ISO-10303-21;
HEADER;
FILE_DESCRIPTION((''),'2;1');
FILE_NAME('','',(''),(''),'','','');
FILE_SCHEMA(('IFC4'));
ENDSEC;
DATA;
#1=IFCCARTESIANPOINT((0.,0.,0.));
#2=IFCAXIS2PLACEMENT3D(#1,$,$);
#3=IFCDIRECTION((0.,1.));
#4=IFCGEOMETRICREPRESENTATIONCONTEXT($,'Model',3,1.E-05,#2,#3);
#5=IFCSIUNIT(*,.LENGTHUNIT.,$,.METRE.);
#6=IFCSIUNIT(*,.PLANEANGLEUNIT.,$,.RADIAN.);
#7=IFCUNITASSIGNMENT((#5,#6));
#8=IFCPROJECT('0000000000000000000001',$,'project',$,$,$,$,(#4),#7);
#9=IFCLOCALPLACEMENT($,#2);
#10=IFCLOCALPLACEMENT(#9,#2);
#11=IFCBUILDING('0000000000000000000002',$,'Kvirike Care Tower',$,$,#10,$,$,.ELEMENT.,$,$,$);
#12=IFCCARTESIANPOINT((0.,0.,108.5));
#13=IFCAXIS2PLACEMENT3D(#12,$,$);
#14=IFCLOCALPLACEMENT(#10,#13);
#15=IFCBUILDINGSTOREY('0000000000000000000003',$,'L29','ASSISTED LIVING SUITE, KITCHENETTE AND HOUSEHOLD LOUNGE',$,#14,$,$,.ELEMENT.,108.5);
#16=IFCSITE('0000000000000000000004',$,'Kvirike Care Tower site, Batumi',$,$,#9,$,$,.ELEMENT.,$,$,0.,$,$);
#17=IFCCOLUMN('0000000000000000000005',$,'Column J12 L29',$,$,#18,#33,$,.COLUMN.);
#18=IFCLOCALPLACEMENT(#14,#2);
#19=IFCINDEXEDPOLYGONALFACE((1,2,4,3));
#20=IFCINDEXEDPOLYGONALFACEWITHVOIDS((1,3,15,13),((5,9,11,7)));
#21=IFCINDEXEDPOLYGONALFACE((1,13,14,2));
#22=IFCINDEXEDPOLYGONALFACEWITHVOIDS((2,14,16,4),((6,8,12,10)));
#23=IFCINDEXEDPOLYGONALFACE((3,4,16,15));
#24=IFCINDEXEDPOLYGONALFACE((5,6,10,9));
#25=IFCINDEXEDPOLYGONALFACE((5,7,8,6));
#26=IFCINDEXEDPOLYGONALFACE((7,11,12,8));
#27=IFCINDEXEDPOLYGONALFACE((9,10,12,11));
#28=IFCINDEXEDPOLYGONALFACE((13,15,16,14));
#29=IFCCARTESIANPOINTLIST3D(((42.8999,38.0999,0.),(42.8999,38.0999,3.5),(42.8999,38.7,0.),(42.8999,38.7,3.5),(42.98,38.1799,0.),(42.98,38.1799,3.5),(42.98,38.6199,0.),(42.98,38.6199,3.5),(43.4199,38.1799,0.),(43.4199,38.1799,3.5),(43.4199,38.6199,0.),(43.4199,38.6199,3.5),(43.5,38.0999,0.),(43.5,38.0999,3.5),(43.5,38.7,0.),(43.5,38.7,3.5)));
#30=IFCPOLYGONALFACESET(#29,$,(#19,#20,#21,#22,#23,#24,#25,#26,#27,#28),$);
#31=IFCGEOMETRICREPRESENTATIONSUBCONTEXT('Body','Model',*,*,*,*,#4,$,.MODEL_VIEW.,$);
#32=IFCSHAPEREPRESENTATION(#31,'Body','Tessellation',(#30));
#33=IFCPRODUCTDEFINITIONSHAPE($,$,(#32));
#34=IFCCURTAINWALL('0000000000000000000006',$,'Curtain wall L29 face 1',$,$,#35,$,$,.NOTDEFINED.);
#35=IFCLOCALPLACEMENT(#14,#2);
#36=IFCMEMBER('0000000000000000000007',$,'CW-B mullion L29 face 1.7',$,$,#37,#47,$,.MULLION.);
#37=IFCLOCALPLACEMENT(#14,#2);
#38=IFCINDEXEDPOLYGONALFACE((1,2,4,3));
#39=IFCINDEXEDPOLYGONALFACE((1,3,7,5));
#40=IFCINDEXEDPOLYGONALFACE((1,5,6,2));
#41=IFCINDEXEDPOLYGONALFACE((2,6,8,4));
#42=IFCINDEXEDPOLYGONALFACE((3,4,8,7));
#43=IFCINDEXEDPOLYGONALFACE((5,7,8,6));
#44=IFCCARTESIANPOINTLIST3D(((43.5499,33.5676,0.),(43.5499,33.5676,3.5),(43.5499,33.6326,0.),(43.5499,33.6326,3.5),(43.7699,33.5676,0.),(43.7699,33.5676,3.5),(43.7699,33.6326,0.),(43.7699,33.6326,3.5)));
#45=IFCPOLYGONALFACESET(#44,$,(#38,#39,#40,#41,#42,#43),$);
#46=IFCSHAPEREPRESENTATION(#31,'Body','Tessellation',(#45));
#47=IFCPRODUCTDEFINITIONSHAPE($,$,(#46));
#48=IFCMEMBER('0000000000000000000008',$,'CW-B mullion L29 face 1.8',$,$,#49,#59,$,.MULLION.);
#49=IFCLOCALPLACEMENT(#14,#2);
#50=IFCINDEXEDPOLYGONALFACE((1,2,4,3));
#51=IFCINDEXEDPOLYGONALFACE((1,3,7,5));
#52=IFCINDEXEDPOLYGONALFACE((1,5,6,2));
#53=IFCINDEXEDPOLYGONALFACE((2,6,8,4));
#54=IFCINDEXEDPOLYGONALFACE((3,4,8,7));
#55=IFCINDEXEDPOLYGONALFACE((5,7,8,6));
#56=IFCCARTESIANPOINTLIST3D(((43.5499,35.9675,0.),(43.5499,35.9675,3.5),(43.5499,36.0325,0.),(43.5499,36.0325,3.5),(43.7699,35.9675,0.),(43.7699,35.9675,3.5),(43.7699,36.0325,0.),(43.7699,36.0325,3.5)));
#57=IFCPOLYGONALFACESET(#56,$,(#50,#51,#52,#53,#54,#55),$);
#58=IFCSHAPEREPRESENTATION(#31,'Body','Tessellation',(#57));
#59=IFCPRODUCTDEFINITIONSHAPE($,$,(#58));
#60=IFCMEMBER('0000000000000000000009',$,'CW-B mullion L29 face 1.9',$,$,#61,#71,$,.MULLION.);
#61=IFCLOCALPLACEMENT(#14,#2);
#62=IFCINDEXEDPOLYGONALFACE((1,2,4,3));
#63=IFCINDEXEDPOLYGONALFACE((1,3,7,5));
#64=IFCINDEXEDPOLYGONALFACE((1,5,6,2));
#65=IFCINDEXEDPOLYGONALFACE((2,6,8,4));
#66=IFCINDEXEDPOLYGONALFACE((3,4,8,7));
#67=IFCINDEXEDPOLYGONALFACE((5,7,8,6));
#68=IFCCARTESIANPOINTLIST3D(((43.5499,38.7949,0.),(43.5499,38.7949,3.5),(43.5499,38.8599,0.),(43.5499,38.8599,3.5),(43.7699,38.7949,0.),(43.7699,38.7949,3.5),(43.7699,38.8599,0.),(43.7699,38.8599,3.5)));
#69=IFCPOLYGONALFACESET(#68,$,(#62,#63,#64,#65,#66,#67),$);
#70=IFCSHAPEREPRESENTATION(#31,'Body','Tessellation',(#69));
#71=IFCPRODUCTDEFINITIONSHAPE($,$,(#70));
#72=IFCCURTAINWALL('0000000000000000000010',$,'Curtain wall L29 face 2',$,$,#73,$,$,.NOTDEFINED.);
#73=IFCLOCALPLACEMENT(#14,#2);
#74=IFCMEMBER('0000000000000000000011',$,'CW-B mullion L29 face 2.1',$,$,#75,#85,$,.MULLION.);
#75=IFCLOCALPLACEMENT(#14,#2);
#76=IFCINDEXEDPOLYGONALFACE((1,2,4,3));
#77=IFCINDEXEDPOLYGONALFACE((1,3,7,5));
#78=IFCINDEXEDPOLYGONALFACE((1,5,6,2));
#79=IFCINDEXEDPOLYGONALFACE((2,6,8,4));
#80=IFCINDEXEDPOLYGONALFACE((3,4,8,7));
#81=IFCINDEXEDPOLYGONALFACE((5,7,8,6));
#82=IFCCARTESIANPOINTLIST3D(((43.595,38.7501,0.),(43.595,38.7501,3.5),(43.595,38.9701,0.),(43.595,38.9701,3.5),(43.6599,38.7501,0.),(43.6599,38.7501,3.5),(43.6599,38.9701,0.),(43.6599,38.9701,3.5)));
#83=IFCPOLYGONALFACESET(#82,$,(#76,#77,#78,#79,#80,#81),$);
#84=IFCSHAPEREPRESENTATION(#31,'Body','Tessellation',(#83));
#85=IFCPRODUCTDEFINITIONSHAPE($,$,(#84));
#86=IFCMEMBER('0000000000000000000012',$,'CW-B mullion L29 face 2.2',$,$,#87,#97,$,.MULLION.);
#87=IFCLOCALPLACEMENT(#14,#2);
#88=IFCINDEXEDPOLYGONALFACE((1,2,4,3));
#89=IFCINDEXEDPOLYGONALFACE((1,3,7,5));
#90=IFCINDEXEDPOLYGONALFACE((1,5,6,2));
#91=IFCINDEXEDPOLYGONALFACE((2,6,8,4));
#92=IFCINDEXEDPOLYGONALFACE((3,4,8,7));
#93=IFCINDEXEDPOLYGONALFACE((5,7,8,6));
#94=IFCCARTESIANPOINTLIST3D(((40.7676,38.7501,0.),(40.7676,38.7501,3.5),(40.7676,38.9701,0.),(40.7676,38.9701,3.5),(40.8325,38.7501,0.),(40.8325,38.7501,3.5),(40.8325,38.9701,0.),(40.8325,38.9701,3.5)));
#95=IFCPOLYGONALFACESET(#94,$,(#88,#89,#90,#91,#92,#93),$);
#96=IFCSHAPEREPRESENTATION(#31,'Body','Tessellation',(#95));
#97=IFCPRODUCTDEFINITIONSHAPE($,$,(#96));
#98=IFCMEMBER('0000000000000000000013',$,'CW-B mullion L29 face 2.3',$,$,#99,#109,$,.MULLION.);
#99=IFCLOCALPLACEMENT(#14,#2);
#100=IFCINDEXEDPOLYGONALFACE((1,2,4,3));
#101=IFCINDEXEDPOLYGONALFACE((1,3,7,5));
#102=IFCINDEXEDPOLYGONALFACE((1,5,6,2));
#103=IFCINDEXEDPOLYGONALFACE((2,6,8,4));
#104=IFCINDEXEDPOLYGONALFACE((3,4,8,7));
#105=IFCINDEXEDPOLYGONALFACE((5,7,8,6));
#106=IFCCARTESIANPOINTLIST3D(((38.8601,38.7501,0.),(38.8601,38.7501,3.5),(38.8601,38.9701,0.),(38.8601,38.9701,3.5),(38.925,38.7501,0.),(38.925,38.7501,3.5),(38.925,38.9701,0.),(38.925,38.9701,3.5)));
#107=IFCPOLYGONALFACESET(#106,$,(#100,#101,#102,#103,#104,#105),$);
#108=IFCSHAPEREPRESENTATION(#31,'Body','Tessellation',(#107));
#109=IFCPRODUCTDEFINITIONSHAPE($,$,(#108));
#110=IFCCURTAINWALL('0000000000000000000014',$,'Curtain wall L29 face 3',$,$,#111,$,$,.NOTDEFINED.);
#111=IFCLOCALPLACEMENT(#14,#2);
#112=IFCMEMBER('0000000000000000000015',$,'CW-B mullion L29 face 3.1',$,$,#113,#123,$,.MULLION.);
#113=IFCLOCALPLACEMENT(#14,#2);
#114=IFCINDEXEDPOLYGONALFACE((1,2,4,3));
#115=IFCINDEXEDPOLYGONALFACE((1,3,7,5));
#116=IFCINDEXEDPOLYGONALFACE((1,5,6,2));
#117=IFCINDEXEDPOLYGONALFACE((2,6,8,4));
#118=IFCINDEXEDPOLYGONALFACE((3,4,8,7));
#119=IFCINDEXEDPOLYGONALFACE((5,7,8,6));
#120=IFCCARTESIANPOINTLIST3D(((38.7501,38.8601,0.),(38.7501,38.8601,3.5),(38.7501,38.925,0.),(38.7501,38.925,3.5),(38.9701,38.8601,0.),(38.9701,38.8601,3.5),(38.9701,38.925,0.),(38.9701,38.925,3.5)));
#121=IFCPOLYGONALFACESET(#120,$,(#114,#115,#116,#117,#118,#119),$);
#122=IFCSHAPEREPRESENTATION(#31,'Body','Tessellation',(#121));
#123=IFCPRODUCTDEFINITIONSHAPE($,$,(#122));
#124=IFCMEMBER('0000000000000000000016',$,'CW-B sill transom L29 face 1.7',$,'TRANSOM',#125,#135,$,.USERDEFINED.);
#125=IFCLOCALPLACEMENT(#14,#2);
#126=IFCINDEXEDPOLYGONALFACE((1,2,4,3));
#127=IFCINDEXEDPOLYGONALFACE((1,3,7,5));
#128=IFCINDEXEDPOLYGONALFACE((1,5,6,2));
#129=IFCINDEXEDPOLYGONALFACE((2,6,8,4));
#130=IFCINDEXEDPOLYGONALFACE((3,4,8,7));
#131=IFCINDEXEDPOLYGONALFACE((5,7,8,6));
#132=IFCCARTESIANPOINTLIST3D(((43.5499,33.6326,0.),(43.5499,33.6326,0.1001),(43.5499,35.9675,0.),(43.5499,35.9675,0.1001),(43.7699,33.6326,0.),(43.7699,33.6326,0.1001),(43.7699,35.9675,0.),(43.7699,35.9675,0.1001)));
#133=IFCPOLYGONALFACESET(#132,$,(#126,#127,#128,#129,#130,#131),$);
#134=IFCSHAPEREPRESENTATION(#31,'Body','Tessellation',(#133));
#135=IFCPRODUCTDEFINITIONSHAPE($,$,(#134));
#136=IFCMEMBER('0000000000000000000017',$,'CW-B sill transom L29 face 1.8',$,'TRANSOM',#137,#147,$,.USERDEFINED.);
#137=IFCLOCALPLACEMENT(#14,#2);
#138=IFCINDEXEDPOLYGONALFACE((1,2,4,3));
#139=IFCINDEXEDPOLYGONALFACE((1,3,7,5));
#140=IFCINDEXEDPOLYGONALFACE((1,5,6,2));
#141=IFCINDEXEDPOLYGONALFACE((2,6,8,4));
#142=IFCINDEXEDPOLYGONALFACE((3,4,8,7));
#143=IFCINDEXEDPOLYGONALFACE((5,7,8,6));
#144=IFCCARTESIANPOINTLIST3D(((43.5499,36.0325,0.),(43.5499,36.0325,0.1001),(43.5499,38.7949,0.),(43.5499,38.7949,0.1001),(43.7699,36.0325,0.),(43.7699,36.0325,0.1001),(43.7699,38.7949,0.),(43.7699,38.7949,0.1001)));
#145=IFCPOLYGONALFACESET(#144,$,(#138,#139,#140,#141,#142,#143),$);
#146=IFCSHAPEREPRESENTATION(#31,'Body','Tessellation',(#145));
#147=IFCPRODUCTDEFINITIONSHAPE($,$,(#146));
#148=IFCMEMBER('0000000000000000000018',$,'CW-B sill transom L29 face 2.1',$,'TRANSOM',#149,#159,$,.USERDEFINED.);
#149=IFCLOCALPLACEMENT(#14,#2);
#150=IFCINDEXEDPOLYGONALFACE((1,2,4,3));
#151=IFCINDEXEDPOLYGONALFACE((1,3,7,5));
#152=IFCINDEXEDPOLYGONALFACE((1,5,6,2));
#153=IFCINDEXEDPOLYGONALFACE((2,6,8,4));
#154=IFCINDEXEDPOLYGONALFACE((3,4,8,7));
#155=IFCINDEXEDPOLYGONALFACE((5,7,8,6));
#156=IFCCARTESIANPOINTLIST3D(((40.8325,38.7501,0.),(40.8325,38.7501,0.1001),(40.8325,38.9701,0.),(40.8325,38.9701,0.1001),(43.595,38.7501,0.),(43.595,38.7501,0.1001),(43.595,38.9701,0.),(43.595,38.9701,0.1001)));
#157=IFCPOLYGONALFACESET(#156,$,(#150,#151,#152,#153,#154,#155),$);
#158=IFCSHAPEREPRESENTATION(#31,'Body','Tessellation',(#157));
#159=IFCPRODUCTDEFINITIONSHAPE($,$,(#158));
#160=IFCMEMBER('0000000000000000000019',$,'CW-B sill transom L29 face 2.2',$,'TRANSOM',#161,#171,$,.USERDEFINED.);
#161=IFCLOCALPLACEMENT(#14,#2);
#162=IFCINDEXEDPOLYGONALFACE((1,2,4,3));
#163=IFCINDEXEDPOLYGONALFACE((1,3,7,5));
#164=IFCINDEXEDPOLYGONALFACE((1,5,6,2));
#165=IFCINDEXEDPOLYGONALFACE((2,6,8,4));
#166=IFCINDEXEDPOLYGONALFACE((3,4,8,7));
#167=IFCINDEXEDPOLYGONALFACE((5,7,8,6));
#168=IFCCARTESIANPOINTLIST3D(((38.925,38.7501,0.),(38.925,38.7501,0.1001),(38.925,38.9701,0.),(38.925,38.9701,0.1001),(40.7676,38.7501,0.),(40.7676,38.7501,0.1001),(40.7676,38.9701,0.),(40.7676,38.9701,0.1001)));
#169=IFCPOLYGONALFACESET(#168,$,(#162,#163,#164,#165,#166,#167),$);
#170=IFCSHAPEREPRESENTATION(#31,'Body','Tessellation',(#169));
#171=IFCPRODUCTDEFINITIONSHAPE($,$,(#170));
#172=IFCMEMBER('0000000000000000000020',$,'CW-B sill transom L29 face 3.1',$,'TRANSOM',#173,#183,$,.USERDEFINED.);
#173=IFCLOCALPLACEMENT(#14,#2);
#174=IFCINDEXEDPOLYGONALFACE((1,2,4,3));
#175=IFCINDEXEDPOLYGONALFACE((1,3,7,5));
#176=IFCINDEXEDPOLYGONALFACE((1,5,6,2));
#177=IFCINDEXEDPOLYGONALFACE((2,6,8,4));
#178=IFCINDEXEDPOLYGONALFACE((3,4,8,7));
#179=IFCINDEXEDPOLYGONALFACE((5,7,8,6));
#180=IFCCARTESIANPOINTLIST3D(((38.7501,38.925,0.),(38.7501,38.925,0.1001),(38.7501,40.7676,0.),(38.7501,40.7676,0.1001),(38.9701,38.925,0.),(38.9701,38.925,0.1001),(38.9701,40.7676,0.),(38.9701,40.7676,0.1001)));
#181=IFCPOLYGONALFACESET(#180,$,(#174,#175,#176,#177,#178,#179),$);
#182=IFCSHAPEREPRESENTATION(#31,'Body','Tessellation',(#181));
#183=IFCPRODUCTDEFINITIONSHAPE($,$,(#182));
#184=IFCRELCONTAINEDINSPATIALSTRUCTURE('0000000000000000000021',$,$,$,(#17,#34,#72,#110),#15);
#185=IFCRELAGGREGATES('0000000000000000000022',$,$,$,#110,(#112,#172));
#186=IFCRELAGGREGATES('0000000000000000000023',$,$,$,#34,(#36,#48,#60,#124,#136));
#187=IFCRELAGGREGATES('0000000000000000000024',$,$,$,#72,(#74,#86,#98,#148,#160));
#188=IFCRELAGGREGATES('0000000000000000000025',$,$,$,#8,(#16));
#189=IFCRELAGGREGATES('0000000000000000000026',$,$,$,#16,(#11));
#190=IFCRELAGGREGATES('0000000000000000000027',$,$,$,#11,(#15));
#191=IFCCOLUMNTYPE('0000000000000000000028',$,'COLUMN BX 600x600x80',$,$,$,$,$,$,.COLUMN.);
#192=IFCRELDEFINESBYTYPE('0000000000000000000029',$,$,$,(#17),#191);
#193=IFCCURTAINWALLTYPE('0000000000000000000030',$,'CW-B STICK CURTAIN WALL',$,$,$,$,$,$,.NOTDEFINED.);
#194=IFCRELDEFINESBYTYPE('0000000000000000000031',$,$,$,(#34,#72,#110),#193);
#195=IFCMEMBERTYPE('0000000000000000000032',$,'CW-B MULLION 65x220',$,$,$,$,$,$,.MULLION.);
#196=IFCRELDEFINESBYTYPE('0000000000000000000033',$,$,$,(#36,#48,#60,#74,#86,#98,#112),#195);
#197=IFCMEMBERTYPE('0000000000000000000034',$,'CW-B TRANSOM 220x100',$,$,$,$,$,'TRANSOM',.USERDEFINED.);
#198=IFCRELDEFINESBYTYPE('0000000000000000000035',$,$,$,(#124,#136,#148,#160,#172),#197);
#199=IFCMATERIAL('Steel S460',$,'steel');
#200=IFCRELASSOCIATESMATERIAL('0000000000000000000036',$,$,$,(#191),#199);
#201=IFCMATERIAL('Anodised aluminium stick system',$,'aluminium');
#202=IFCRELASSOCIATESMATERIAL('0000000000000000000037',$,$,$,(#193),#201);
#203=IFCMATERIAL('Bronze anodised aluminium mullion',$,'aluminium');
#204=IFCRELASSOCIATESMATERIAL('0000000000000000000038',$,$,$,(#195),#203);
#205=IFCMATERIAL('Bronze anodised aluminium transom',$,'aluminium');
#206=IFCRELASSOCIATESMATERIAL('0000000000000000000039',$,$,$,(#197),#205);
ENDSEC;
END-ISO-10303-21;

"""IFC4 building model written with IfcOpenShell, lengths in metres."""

from ifc_helpers import new_model, si_unit, direction, frame, origin, origin_2d, place, context, subcontext, project, spatial, rectangle, hollow_rectangle, extrude, material, material_profile, profile_set, type_object, element, aggregate, save


model = new_model("IFC4")

# Units and contexts
model_context = context("Model", 3, precision=1e-05, world=origin(), true_north=direction((0.0, 1.0)))
body_context = subcontext(model_context, "Body", "Model", "MODEL_VIEW")
ifc_project = project(units=[si_unit("LENGTHUNIT", "METRE"), si_unit("PLANEANGLEUNIT", "RADIAN")], contexts=[model_context])

# Site, building, storey
site_placement = place(None, origin())
site = spatial("IfcSite", under=ifc_project, at=site_placement, Name="Kvirike Care Tower site, Batumi", CompositionType="ELEMENT", RefElevation=0.0)
building_placement = place(site_placement, origin())
building = spatial("IfcBuilding", under=site, at=building_placement, Name="Kvirike Care Tower", CompositionType="ELEMENT")
storey_placement = place(building_placement, frame((0.0, 0.0, 108.5)))
storey = spatial("IfcBuildingStorey", under=building, at=storey_placement, Name="L29", Description="ASSISTED LIVING SUITE, KITCHENETTE AND HOUSEHOLD LOUNGE", CompositionType="ELEMENT", Elevation=108.5)

# Column
ifc_material_1 = material(Name="Steel S460", Category="steel")
ifc_material_profile_1 = material_profile(ifc_material_1, hollow_rectangle(XDim=0.6001, YDim=0.6001, WallThickness=0.0801, at=origin_2d()), Name="BX 600x600x80")
ifc_profile_set_1 = profile_set([ifc_material_profile_1], Name="Steel S460")
column_type = type_object("IfcColumnType", Name="COLUMN BX 600x600x80", PredefinedType="COLUMN", material=ifc_profile_set_1)
column_placement = place(storey_placement, frame((43.2, 38.3999, 0.0), z_axis=(0.0, 0.0, 1.0), x_axis=(0.0, 1.0, 0.0)))
element("IfcColumn", 1, at=column_placement, inside=storey, type_object=column_type, Name="Column J12 L29", PredefinedType="COLUMN", context=body_context, shape_type="SweptSolid", body=[
    extrude(hollow_rectangle(XDim=0.6001, YDim=0.6001, WallThickness=0.0801, at=origin_2d()), origin(), (0.0, 0.0, 1.0), 3.5),
])

# Curtain walls, members
ifc_material_2 = material(Name="Anodised aluminium stick system", Category="aluminium")
curtain_wall_type = type_object("IfcCurtainWallType", Name="CW-B STICK CURTAIN WALL", PredefinedType="NOTDEFINED", material=ifc_material_2)
curtain_wall_1_placement = place(storey_placement, origin())
curtain_wall_1 = element("IfcCurtainWall", 2, at=curtain_wall_1_placement, inside=storey, type_object=curtain_wall_type, Name="Curtain wall L29 face 1", PredefinedType="NOTDEFINED")
ifc_material_3 = material(Name="Bronze anodised aluminium mullion", Category="aluminium")
ifc_material_profile_2 = material_profile(ifc_material_3, rectangle(XDim=0.0649, YDim=0.22, at=origin_2d()), Name="CW-B MULLION 65x220")
ifc_profile_set_2 = profile_set([ifc_material_profile_2], Name="Bronze anodised aluminium mullion")
member_type_1 = type_object("IfcMemberType", Name="CW-B MULLION 65x220", PredefinedType="MULLION", material=ifc_profile_set_2)
member_1_placement = place(storey_placement, frame((43.6599, 33.6001, 0.0), z_axis=(0.0, 0.0, 1.0), x_axis=(0.0, 1.0, 0.0)))
member_1 = element("IfcMember", 3, at=member_1_placement, type_object=member_type_1, Name="CW-B mullion L29 face 1.7", PredefinedType="MULLION", context=body_context, shape_type="SweptSolid", body=[
    extrude(rectangle(XDim=0.0649, YDim=0.22, at=origin_2d()), origin(), (0.0, 0.0, 1.0), 3.5),
])
member_2_placement = place(storey_placement, frame((43.6599, 36.0, 0.0), z_axis=(0.0, 0.0, 1.0), x_axis=(0.0, 1.0, 0.0)))
member_2 = element("IfcMember", 4, at=member_2_placement, type_object=member_type_1, Name="CW-B mullion L29 face 1.8", PredefinedType="MULLION", context=body_context, shape_type="SweptSolid", body=[
    extrude(rectangle(XDim=0.0649, YDim=0.22, at=origin_2d()), origin(), (0.0, 0.0, 1.0), 3.5),
])
member_3_placement = place(storey_placement, frame((43.6599, 38.8274, 0.0), z_axis=(0.0, 0.0, 1.0), x_axis=(0.0, 1.0, 0.0)))
member_3 = element("IfcMember", 5, at=member_3_placement, type_object=member_type_1, Name="CW-B mullion L29 face 1.9", PredefinedType="MULLION", context=body_context, shape_type="SweptSolid", body=[
    extrude(rectangle(XDim=0.0649, YDim=0.22, at=origin_2d()), origin(), (0.0, 0.0, 1.0), 3.5),
])
curtain_wall_2_placement = place(storey_placement, origin())
curtain_wall_2 = element("IfcCurtainWall", 6, at=curtain_wall_2_placement, inside=storey, type_object=curtain_wall_type, Name="Curtain wall L29 face 2", PredefinedType="NOTDEFINED")
member_4_placement = place(storey_placement, frame((43.6274, 38.8601, 0.0), z_axis=(0.0, 0.0, 1.0), x_axis=(-1.0, 0.0, 0.0)))
member_4 = element("IfcMember", 7, at=member_4_placement, type_object=member_type_1, Name="CW-B mullion L29 face 2.1", PredefinedType="MULLION", context=body_context, shape_type="SweptSolid", body=[
    extrude(rectangle(XDim=0.0649, YDim=0.22, at=origin_2d()), origin(), (0.0, 0.0, 1.0), 3.5),
])
member_5_placement = place(storey_placement, frame((40.8, 38.8601, 0.0), z_axis=(0.0, 0.0, 1.0), x_axis=(-1.0, 0.0, 0.0)))
member_5 = element("IfcMember", 8, at=member_5_placement, type_object=member_type_1, Name="CW-B mullion L29 face 2.2", PredefinedType="MULLION", context=body_context, shape_type="SweptSolid", body=[
    extrude(rectangle(XDim=0.0649, YDim=0.22, at=origin_2d()), origin(), (0.0, 0.0, 1.0), 3.5),
])
member_6_placement = place(storey_placement, frame((38.8926, 38.8601, 0.0), z_axis=(0.0, 0.0, 1.0), x_axis=(-1.0, 0.0, 0.0)))
member_6 = element("IfcMember", 9, at=member_6_placement, type_object=member_type_1, Name="CW-B mullion L29 face 2.3", PredefinedType="MULLION", context=body_context, shape_type="SweptSolid", body=[
    extrude(rectangle(XDim=0.0649, YDim=0.22, at=origin_2d()), origin(), (0.0, 0.0, 1.0), 3.5),
])

# Curtain wall, member
curtain_wall_3_placement = place(storey_placement, origin())
curtain_wall_3 = element("IfcCurtainWall", 10, at=curtain_wall_3_placement, inside=storey, type_object=curtain_wall_type, Name="Curtain wall L29 face 3", PredefinedType="NOTDEFINED")
member_7_placement = place(storey_placement, frame((38.8601, 38.8926, 0.0), z_axis=(0.0, 0.0, 1.0), x_axis=(0.0, 1.0, 0.0)))
member_7 = element("IfcMember", 11, at=member_7_placement, type_object=member_type_1, Name="CW-B mullion L29 face 3.1", PredefinedType="MULLION", context=body_context, shape_type="SweptSolid", body=[
    extrude(rectangle(XDim=0.0649, YDim=0.22, at=origin_2d()), origin(), (0.0, 0.0, 1.0), 3.5),
])

# Members
ifc_material_4 = material(Name="Bronze anodised aluminium transom", Category="aluminium")
ifc_material_profile_3 = material_profile(ifc_material_4, rectangle(XDim=0.22, YDim=0.1001, at=origin_2d()), Name="CW-B TRANSOM 220x100")
ifc_profile_set_3 = profile_set([ifc_material_profile_3], Name="Bronze anodised aluminium transom")
member_type_2 = type_object("IfcMemberType", Name="CW-B TRANSOM 220x100", ElementType="TRANSOM", PredefinedType="USERDEFINED", material=ifc_profile_set_3)
member_8_placement = place(storey_placement, frame((43.6599, 33.6326, 0.05), z_axis=(0.0, 1.0, 0.0), x_axis=(-1.0, 0.0, 0.0)))
member_8 = element("IfcMember", 12, at=member_8_placement, type_object=member_type_2, Name="CW-B sill transom L29 face 1.7", ObjectType="TRANSOM", PredefinedType="USERDEFINED", context=body_context, shape_type="SweptSolid", body=[
    extrude(rectangle(XDim=0.22, YDim=0.1001, at=origin_2d()), origin(), (0.0, 0.0, 1.0), 2.335),
])
member_9_placement = place(storey_placement, frame((43.6599, 36.0325, 0.05), z_axis=(0.0, 1.0, 0.0), x_axis=(-1.0, 0.0, 0.0)))
member_9 = element("IfcMember", 13, at=member_9_placement, type_object=member_type_2, Name="CW-B sill transom L29 face 1.8", ObjectType="TRANSOM", PredefinedType="USERDEFINED", context=body_context, shape_type="SweptSolid", body=[
    extrude(rectangle(XDim=0.22, YDim=0.1001, at=origin_2d()), origin(), (0.0, 0.0, 1.0), 2.7625),
])
member_10_placement = place(storey_placement, frame((43.595, 38.8601, 0.05), z_axis=(-1.0, 0.0, 0.0), x_axis=(0.0, -1.0, 0.0)))
member_10 = element("IfcMember", 14, at=member_10_placement, type_object=member_type_2, Name="CW-B sill transom L29 face 2.1", ObjectType="TRANSOM", PredefinedType="USERDEFINED", context=body_context, shape_type="SweptSolid", body=[
    extrude(rectangle(XDim=0.22, YDim=0.1001, at=origin_2d()), origin(), (0.0, 0.0, 1.0), 2.7625),
])
member_11_placement = place(storey_placement, frame((40.7676, 38.8601, 0.05), z_axis=(-1.0, 0.0, 0.0), x_axis=(0.0, -1.0, 0.0)))
member_11 = element("IfcMember", 15, at=member_11_placement, type_object=member_type_2, Name="CW-B sill transom L29 face 2.2", ObjectType="TRANSOM", PredefinedType="USERDEFINED", context=body_context, shape_type="SweptSolid", body=[
    extrude(rectangle(XDim=0.22, YDim=0.1001, at=origin_2d()), origin(), (0.0, 0.0, 1.0), 1.8425),
])
member_12_placement = place(storey_placement, frame((38.8601, 38.925, 0.05), z_axis=(0.0, 1.0, 0.0), x_axis=(-1.0, 0.0, 0.0)))
member_12 = element("IfcMember", 16, at=member_12_placement, type_object=member_type_2, Name="CW-B sill transom L29 face 3.1", ObjectType="TRANSOM", PredefinedType="USERDEFINED", context=body_context, shape_type="SweptSolid", body=[
    extrude(rectangle(XDim=0.22, YDim=0.1001, at=origin_2d()), origin(), (0.0, 0.0, 1.0), 1.8425),
])
aggregate(curtain_wall_3, [member_7, member_12])

aggregate(curtain_wall_1, [member_1, member_2, member_3, member_8, member_9])
aggregate(curtain_wall_2, [member_4, member_5, member_6, member_10, member_11])

save(model, "model.ifc")
